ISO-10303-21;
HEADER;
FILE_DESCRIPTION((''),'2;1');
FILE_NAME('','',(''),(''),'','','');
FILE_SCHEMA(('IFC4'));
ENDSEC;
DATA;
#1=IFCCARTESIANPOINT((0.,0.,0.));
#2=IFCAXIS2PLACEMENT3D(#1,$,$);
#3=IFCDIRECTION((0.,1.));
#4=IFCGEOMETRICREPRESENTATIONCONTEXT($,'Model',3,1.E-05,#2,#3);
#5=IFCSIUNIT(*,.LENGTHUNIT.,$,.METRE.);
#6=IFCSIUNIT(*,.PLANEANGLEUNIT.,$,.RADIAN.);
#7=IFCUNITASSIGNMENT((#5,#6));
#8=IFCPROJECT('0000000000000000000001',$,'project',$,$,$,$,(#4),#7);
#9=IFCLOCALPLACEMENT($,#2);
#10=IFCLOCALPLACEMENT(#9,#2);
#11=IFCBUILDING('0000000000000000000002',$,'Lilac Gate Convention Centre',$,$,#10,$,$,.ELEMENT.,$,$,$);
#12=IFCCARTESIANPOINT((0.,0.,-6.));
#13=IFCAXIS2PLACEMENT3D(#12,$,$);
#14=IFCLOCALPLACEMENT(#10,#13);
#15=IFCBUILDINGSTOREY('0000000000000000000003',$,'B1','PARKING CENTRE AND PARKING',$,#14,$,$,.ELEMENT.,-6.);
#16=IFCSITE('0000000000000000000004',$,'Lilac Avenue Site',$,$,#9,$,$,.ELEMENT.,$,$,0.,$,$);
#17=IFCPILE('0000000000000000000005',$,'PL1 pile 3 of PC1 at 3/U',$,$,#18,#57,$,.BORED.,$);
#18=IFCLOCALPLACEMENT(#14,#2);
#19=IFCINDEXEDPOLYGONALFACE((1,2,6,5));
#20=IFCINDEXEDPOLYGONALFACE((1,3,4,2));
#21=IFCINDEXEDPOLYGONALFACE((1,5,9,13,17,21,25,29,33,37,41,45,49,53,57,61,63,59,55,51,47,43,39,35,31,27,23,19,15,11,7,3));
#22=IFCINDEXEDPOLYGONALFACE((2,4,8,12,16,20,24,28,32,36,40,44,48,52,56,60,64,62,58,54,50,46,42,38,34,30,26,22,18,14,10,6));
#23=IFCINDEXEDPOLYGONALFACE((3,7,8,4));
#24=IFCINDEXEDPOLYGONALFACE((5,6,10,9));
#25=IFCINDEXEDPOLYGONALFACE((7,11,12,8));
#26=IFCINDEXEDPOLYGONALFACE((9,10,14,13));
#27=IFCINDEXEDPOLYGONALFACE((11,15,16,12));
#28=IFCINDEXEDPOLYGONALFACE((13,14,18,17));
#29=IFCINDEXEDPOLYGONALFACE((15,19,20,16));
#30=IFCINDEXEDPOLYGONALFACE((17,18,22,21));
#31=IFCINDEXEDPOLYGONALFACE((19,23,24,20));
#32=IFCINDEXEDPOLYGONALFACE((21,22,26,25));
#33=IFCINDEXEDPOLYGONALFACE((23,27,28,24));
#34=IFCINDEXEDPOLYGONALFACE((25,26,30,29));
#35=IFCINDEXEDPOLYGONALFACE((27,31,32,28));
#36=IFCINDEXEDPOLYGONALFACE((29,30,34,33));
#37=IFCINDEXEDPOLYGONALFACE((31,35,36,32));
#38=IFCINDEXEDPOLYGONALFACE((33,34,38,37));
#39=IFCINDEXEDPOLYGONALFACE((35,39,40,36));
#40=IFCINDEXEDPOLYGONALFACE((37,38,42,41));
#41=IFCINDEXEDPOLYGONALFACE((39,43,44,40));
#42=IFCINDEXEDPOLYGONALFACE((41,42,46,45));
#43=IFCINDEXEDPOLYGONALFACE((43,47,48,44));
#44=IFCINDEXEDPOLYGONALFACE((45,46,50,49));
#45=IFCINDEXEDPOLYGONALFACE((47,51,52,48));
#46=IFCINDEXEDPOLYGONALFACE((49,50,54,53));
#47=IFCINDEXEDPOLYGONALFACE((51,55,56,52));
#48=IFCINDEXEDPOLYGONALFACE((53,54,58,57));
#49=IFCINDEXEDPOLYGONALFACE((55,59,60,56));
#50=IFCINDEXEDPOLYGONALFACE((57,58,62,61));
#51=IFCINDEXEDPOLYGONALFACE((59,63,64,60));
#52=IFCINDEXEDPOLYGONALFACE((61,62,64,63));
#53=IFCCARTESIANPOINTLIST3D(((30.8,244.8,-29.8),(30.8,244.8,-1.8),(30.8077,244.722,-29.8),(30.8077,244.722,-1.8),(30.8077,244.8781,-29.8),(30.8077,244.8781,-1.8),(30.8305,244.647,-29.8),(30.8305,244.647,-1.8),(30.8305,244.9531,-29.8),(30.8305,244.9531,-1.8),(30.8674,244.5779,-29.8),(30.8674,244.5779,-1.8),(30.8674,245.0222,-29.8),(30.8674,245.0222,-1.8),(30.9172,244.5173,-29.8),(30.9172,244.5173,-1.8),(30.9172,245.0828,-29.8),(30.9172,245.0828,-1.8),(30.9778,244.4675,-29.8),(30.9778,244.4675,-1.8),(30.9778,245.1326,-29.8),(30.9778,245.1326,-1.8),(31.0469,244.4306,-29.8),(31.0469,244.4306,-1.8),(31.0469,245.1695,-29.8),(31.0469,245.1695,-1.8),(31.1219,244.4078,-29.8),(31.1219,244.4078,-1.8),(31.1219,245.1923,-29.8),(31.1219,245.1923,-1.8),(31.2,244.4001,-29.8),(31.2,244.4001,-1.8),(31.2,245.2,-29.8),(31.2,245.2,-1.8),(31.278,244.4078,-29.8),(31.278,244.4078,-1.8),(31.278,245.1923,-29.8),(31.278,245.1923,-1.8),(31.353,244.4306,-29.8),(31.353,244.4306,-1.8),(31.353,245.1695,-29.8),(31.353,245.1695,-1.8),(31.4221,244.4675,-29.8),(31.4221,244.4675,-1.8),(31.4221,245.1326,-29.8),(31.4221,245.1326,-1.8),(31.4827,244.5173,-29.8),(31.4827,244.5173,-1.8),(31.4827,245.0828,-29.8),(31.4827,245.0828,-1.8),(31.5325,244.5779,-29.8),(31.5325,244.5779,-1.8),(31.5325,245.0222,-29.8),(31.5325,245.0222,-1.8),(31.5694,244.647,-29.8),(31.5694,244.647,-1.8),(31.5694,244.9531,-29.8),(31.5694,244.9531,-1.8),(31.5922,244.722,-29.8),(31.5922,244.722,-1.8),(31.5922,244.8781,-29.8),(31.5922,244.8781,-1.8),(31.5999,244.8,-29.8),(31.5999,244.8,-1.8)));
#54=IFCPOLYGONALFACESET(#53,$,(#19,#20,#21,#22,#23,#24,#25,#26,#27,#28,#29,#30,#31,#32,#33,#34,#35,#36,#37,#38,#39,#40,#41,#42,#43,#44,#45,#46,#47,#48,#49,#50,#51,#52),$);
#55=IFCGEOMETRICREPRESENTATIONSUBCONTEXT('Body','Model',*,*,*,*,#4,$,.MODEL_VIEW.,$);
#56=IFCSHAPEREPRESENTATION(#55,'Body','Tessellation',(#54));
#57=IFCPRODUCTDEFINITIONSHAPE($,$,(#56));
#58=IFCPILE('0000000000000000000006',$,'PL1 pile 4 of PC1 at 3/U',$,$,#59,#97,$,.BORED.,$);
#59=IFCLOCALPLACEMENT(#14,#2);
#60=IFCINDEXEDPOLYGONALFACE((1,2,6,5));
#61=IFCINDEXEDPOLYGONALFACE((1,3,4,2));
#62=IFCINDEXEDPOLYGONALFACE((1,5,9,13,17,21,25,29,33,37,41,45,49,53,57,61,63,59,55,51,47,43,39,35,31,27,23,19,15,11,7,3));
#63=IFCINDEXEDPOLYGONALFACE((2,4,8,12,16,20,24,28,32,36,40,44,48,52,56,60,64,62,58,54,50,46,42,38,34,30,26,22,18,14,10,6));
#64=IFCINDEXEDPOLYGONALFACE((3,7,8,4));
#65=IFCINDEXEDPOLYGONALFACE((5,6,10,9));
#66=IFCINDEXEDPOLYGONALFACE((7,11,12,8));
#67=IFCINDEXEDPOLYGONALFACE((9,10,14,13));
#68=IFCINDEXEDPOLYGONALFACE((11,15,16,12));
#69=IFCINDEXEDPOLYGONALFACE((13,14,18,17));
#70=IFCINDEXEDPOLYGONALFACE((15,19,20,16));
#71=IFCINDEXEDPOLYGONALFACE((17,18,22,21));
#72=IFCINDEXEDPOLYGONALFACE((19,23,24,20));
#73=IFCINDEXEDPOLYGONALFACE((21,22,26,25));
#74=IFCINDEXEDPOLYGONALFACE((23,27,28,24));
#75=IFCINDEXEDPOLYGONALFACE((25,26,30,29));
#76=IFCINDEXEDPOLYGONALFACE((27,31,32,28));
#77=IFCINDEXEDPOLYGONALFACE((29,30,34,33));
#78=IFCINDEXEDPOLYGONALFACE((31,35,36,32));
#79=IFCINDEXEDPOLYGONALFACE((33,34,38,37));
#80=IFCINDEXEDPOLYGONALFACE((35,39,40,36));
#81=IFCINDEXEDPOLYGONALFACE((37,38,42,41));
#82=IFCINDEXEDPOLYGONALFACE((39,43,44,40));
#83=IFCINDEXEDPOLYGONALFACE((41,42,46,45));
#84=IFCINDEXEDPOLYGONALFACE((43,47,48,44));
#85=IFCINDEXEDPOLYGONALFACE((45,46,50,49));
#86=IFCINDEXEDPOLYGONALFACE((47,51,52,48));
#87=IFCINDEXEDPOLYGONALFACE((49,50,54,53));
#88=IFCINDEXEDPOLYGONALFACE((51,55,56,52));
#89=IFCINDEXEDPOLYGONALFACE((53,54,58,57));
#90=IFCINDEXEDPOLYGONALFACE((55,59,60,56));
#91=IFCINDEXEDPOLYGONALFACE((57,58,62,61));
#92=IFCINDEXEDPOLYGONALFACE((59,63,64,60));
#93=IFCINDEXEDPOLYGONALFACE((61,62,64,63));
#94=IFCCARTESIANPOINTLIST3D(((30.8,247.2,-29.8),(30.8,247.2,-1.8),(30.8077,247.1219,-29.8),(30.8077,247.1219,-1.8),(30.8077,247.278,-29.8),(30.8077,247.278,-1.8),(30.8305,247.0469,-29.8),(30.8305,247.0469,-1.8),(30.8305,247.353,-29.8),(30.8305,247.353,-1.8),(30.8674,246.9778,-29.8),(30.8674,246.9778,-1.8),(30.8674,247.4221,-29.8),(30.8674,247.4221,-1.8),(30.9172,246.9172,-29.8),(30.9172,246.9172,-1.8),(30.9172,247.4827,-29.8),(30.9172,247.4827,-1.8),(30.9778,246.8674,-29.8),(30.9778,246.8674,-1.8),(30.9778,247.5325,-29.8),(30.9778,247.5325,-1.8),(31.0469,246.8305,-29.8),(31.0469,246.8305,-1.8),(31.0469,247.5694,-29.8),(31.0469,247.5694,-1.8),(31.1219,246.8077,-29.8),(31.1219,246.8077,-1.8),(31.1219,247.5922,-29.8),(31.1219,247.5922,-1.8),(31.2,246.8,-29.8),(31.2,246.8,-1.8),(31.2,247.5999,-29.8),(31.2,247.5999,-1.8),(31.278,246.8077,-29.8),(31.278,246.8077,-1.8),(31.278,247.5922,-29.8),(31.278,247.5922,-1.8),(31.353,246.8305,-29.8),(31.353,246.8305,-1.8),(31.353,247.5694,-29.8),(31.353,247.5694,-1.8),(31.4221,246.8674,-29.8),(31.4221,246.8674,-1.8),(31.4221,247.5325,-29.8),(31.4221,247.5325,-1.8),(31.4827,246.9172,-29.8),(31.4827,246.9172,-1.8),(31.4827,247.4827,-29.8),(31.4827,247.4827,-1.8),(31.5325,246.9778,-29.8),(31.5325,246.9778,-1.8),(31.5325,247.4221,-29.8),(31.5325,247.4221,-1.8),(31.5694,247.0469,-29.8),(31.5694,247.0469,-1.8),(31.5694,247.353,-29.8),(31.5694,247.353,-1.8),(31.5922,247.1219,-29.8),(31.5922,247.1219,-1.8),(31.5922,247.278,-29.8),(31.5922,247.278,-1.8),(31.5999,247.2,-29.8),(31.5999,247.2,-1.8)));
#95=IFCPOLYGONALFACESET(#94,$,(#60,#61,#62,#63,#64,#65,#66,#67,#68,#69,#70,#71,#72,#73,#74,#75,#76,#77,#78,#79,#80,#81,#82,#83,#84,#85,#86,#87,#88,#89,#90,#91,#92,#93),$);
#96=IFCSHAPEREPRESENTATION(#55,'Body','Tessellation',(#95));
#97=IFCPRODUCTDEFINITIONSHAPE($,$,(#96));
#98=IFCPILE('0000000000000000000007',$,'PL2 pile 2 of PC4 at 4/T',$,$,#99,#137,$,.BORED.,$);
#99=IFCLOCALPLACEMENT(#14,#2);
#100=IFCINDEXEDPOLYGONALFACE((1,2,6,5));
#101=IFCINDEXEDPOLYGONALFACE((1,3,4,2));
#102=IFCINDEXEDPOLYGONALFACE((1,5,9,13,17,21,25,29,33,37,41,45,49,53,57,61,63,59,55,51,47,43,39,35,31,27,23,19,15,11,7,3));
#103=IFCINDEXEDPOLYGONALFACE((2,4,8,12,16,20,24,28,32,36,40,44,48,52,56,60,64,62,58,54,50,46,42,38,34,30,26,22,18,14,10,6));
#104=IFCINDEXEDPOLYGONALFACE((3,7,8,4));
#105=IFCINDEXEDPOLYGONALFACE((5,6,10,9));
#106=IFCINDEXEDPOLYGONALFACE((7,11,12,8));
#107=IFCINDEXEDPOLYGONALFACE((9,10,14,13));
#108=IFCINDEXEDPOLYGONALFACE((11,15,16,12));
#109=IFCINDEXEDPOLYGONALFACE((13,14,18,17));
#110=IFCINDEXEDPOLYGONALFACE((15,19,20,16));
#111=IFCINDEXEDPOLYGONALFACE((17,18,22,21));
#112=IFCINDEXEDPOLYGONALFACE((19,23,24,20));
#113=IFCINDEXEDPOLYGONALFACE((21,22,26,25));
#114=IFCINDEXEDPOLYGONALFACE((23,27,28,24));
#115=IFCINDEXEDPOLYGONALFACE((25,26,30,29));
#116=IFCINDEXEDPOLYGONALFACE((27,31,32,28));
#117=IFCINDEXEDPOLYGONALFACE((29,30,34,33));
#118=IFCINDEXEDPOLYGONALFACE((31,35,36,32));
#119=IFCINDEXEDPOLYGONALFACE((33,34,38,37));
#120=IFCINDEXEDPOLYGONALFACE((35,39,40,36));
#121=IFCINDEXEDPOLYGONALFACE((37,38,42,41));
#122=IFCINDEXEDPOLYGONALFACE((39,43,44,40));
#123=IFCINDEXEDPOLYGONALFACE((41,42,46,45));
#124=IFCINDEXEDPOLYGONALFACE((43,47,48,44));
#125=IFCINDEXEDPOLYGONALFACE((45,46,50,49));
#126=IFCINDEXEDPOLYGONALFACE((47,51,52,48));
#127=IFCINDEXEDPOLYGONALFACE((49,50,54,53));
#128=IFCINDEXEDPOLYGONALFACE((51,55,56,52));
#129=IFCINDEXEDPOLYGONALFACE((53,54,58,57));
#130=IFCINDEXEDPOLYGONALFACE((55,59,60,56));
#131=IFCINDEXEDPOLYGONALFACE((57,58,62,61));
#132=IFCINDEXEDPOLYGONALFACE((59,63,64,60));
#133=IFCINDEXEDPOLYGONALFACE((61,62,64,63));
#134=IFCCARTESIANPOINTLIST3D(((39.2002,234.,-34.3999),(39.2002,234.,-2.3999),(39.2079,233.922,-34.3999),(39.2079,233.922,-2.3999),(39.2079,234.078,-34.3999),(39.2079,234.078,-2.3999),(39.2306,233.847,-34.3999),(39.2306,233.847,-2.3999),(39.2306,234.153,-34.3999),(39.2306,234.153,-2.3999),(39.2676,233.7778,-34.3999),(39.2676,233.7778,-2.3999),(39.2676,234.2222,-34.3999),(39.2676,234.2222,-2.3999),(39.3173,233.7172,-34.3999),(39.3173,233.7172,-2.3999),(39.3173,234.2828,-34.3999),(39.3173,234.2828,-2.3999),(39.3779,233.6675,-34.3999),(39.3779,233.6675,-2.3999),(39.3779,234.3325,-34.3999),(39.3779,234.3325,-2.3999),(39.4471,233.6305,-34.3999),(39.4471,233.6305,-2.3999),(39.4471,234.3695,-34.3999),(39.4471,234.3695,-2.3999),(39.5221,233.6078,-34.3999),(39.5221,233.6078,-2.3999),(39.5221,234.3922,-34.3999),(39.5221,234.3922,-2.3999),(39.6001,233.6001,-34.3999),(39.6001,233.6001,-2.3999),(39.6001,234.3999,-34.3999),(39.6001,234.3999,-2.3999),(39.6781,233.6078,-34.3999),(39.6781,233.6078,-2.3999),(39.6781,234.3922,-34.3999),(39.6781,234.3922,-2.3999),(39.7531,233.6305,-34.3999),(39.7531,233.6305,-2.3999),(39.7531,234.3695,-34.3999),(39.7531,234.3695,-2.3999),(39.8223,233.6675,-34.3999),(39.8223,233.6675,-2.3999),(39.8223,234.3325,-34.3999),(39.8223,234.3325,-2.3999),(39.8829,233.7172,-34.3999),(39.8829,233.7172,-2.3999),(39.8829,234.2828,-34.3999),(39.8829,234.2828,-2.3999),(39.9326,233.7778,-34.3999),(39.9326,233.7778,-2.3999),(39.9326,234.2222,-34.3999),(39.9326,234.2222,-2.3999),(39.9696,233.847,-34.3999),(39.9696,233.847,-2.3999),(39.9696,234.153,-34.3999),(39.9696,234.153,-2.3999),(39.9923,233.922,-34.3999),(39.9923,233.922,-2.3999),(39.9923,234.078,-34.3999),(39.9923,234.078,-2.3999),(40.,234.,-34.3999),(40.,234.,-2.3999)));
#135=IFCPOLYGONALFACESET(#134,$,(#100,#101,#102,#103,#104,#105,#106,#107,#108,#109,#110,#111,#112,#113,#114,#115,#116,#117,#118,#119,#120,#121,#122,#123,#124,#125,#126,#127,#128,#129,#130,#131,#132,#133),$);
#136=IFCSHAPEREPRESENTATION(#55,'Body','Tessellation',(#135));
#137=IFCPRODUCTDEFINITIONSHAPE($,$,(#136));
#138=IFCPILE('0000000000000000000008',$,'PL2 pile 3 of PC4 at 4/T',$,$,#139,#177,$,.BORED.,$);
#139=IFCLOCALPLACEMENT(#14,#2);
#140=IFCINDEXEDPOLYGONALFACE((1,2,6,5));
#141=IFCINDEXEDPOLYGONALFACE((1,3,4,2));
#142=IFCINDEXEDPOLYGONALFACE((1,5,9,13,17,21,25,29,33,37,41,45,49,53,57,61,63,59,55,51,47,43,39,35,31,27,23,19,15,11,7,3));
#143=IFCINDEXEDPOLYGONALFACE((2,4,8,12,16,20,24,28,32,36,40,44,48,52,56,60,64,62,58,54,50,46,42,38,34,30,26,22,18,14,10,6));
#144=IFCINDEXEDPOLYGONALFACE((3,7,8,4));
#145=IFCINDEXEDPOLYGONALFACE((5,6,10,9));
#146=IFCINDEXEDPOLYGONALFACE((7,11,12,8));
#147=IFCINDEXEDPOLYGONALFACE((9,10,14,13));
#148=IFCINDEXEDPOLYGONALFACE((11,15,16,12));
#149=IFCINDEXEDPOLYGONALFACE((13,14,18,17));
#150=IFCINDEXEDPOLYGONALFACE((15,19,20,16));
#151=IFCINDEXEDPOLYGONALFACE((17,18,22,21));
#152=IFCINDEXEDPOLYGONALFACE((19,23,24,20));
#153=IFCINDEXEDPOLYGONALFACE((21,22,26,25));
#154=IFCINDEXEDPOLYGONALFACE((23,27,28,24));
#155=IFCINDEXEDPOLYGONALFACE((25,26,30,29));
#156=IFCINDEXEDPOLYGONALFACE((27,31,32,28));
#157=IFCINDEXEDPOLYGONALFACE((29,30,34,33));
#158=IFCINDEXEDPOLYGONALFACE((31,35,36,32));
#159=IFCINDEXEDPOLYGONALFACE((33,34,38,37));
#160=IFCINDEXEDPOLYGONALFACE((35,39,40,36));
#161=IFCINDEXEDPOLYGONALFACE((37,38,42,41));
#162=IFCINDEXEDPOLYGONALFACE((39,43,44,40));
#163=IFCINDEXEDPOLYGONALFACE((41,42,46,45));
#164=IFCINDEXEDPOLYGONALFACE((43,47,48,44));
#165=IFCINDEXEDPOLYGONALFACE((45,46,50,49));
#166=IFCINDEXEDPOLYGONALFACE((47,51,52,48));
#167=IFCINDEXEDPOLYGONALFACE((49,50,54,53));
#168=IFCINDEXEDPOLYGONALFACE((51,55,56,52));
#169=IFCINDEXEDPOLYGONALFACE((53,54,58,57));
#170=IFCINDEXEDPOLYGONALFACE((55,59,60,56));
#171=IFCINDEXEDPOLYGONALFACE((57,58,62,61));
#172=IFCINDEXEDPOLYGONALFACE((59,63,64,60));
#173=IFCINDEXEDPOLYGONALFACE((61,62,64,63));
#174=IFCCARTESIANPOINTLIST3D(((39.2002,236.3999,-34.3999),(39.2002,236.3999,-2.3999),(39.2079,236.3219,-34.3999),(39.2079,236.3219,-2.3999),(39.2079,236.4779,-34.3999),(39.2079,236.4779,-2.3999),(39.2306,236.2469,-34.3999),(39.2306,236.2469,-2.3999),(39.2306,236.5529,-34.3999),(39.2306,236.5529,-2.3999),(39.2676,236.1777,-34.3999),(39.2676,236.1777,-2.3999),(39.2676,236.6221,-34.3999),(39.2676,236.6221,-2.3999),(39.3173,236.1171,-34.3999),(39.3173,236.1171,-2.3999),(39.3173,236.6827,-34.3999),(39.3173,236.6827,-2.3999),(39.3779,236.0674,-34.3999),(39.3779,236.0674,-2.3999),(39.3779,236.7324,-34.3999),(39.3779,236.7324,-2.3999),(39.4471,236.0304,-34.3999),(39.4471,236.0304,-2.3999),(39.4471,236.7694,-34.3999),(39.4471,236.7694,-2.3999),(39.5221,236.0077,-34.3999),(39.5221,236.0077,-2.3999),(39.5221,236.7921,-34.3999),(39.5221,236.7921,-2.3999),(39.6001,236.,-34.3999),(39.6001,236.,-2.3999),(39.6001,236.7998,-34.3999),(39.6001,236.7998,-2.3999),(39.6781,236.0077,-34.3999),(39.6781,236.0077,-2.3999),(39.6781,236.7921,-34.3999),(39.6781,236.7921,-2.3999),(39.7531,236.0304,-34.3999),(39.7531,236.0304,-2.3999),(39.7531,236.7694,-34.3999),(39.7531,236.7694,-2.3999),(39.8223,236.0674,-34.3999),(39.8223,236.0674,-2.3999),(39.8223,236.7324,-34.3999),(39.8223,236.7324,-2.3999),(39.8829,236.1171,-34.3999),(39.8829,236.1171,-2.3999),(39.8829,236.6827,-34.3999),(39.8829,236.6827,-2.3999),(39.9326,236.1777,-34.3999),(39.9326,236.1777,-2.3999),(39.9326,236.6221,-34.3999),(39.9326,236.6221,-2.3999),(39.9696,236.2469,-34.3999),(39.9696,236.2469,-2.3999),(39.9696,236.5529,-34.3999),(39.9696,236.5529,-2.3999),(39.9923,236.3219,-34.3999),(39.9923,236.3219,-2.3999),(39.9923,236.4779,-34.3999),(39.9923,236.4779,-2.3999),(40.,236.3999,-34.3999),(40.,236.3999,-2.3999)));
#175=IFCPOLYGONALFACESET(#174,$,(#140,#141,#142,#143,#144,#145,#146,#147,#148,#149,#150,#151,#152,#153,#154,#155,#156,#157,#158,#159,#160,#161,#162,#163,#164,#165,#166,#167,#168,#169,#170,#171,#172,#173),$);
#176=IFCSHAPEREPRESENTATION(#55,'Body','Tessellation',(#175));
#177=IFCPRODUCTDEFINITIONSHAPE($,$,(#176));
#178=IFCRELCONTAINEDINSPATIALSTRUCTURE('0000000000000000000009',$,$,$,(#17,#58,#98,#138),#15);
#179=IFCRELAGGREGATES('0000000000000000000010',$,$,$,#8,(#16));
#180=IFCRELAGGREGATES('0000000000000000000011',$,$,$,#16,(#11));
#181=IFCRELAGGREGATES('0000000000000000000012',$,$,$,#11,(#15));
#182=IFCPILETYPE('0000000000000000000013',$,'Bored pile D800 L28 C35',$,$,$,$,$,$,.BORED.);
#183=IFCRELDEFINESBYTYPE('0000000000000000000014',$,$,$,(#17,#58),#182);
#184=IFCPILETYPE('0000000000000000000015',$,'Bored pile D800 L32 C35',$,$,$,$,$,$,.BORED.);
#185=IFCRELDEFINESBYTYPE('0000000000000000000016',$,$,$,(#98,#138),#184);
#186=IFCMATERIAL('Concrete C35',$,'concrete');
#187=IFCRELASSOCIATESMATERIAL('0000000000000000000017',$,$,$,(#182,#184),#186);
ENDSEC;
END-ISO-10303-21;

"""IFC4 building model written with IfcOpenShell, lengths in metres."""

from ifc_helpers import new_model, si_unit, direction, frame, origin, origin_2d, place, context, subcontext, project, spatial, circle, extrude, material, material_profile, profile_set, type_object, element, save


model = new_model("IFC4")

# Units and contexts
model_context = context("Model", 3, precision=1e-05, world=origin(), true_north=direction((0.0, 1.0)))
body_context = subcontext(model_context, "Body", "Model", "MODEL_VIEW")
ifc_project = project(units=[si_unit("LENGTHUNIT", "METRE"), si_unit("PLANEANGLEUNIT", "RADIAN")], contexts=[model_context])

# Site, building, storey
site_placement = place(None, origin())
site = spatial("IfcSite", under=ifc_project, at=site_placement, Name="Lilac Avenue Site", CompositionType="ELEMENT", RefElevation=0.0)
building_placement = place(site_placement, origin())
building = spatial("IfcBuilding", under=site, at=building_placement, Name="Lilac Gate Convention Centre", CompositionType="ELEMENT")
storey_placement = place(building_placement, frame((0.0, 0.0, -6.0)))
storey = spatial("IfcBuildingStorey", under=building, at=storey_placement, Name="B1", Description="PARKING CENTRE AND PARKING", CompositionType="ELEMENT", Elevation=-6.0)

# Piles
ifc_material_1 = material(Name="Concrete C35", Category="concrete")
ifc_material_profile_1 = material_profile(ifc_material_1, circle(Radius=0.3999, at=origin_2d()), Name="D800")
ifc_profile_set_1 = profile_set([ifc_material_profile_1], Name="Concrete C35")
pile_type_1 = type_object("IfcPileType", Name="Bored pile D800 L28 C35", PredefinedType="BORED", material=ifc_profile_set_1)
for number, where, z_axis, x_axis, name in (
    (1, (31.2, 244.8, -1.8), (0.0, 0.0, -1.0), (1.0, 0.0, 0.0), "PL1 pile 3 of PC1 at 3/U"),
    (2, (31.2, 247.2, -1.8), (0.0, 0.0, -1.0), (1.0, 0.0, 0.0), "PL1 pile 4 of PC1 at 3/U"),
):
    element("IfcPile", number, at=place(storey_placement, frame(where, z_axis=z_axis, x_axis=x_axis)), inside=storey, type_object=pile_type_1, Name=name, PredefinedType="BORED", context=body_context, shape_type="SweptSolid", body=[
        extrude(circle(Radius=0.3999, at=origin_2d()), origin(), (0.0, 0.0, 1.0), 28.0),
    ])
ifc_material_profile_2 = material_profile(ifc_material_1, circle(Radius=0.3999, at=origin_2d()), Name="D800")
ifc_profile_set_2 = profile_set([ifc_material_profile_2], Name="Concrete C35")
pile_type_2 = type_object("IfcPileType", Name="Bored pile D800 L32 C35", PredefinedType="BORED", material=ifc_profile_set_2)
for number, where, z_axis, x_axis, name in (
    (3, (39.6001, 234.0, -2.3999), (0.0, 0.0, -1.0), (1.0, 0.0, 0.0), "PL2 pile 2 of PC4 at 4/T"),
    (4, (39.6001, 236.3999, -2.3999), (0.0, 0.0, -1.0), (1.0, 0.0, 0.0), "PL2 pile 3 of PC4 at 4/T"),
):
    element("IfcPile", number, at=place(storey_placement, frame(where, z_axis=z_axis, x_axis=x_axis)), inside=storey, type_object=pile_type_2, Name=name, PredefinedType="BORED", context=body_context, shape_type="SweptSolid", body=[
        extrude(circle(Radius=0.3999, at=origin_2d()), origin(), (0.0, 0.0, 1.0), 32.0),
    ])

save(model, "model.ifc")
